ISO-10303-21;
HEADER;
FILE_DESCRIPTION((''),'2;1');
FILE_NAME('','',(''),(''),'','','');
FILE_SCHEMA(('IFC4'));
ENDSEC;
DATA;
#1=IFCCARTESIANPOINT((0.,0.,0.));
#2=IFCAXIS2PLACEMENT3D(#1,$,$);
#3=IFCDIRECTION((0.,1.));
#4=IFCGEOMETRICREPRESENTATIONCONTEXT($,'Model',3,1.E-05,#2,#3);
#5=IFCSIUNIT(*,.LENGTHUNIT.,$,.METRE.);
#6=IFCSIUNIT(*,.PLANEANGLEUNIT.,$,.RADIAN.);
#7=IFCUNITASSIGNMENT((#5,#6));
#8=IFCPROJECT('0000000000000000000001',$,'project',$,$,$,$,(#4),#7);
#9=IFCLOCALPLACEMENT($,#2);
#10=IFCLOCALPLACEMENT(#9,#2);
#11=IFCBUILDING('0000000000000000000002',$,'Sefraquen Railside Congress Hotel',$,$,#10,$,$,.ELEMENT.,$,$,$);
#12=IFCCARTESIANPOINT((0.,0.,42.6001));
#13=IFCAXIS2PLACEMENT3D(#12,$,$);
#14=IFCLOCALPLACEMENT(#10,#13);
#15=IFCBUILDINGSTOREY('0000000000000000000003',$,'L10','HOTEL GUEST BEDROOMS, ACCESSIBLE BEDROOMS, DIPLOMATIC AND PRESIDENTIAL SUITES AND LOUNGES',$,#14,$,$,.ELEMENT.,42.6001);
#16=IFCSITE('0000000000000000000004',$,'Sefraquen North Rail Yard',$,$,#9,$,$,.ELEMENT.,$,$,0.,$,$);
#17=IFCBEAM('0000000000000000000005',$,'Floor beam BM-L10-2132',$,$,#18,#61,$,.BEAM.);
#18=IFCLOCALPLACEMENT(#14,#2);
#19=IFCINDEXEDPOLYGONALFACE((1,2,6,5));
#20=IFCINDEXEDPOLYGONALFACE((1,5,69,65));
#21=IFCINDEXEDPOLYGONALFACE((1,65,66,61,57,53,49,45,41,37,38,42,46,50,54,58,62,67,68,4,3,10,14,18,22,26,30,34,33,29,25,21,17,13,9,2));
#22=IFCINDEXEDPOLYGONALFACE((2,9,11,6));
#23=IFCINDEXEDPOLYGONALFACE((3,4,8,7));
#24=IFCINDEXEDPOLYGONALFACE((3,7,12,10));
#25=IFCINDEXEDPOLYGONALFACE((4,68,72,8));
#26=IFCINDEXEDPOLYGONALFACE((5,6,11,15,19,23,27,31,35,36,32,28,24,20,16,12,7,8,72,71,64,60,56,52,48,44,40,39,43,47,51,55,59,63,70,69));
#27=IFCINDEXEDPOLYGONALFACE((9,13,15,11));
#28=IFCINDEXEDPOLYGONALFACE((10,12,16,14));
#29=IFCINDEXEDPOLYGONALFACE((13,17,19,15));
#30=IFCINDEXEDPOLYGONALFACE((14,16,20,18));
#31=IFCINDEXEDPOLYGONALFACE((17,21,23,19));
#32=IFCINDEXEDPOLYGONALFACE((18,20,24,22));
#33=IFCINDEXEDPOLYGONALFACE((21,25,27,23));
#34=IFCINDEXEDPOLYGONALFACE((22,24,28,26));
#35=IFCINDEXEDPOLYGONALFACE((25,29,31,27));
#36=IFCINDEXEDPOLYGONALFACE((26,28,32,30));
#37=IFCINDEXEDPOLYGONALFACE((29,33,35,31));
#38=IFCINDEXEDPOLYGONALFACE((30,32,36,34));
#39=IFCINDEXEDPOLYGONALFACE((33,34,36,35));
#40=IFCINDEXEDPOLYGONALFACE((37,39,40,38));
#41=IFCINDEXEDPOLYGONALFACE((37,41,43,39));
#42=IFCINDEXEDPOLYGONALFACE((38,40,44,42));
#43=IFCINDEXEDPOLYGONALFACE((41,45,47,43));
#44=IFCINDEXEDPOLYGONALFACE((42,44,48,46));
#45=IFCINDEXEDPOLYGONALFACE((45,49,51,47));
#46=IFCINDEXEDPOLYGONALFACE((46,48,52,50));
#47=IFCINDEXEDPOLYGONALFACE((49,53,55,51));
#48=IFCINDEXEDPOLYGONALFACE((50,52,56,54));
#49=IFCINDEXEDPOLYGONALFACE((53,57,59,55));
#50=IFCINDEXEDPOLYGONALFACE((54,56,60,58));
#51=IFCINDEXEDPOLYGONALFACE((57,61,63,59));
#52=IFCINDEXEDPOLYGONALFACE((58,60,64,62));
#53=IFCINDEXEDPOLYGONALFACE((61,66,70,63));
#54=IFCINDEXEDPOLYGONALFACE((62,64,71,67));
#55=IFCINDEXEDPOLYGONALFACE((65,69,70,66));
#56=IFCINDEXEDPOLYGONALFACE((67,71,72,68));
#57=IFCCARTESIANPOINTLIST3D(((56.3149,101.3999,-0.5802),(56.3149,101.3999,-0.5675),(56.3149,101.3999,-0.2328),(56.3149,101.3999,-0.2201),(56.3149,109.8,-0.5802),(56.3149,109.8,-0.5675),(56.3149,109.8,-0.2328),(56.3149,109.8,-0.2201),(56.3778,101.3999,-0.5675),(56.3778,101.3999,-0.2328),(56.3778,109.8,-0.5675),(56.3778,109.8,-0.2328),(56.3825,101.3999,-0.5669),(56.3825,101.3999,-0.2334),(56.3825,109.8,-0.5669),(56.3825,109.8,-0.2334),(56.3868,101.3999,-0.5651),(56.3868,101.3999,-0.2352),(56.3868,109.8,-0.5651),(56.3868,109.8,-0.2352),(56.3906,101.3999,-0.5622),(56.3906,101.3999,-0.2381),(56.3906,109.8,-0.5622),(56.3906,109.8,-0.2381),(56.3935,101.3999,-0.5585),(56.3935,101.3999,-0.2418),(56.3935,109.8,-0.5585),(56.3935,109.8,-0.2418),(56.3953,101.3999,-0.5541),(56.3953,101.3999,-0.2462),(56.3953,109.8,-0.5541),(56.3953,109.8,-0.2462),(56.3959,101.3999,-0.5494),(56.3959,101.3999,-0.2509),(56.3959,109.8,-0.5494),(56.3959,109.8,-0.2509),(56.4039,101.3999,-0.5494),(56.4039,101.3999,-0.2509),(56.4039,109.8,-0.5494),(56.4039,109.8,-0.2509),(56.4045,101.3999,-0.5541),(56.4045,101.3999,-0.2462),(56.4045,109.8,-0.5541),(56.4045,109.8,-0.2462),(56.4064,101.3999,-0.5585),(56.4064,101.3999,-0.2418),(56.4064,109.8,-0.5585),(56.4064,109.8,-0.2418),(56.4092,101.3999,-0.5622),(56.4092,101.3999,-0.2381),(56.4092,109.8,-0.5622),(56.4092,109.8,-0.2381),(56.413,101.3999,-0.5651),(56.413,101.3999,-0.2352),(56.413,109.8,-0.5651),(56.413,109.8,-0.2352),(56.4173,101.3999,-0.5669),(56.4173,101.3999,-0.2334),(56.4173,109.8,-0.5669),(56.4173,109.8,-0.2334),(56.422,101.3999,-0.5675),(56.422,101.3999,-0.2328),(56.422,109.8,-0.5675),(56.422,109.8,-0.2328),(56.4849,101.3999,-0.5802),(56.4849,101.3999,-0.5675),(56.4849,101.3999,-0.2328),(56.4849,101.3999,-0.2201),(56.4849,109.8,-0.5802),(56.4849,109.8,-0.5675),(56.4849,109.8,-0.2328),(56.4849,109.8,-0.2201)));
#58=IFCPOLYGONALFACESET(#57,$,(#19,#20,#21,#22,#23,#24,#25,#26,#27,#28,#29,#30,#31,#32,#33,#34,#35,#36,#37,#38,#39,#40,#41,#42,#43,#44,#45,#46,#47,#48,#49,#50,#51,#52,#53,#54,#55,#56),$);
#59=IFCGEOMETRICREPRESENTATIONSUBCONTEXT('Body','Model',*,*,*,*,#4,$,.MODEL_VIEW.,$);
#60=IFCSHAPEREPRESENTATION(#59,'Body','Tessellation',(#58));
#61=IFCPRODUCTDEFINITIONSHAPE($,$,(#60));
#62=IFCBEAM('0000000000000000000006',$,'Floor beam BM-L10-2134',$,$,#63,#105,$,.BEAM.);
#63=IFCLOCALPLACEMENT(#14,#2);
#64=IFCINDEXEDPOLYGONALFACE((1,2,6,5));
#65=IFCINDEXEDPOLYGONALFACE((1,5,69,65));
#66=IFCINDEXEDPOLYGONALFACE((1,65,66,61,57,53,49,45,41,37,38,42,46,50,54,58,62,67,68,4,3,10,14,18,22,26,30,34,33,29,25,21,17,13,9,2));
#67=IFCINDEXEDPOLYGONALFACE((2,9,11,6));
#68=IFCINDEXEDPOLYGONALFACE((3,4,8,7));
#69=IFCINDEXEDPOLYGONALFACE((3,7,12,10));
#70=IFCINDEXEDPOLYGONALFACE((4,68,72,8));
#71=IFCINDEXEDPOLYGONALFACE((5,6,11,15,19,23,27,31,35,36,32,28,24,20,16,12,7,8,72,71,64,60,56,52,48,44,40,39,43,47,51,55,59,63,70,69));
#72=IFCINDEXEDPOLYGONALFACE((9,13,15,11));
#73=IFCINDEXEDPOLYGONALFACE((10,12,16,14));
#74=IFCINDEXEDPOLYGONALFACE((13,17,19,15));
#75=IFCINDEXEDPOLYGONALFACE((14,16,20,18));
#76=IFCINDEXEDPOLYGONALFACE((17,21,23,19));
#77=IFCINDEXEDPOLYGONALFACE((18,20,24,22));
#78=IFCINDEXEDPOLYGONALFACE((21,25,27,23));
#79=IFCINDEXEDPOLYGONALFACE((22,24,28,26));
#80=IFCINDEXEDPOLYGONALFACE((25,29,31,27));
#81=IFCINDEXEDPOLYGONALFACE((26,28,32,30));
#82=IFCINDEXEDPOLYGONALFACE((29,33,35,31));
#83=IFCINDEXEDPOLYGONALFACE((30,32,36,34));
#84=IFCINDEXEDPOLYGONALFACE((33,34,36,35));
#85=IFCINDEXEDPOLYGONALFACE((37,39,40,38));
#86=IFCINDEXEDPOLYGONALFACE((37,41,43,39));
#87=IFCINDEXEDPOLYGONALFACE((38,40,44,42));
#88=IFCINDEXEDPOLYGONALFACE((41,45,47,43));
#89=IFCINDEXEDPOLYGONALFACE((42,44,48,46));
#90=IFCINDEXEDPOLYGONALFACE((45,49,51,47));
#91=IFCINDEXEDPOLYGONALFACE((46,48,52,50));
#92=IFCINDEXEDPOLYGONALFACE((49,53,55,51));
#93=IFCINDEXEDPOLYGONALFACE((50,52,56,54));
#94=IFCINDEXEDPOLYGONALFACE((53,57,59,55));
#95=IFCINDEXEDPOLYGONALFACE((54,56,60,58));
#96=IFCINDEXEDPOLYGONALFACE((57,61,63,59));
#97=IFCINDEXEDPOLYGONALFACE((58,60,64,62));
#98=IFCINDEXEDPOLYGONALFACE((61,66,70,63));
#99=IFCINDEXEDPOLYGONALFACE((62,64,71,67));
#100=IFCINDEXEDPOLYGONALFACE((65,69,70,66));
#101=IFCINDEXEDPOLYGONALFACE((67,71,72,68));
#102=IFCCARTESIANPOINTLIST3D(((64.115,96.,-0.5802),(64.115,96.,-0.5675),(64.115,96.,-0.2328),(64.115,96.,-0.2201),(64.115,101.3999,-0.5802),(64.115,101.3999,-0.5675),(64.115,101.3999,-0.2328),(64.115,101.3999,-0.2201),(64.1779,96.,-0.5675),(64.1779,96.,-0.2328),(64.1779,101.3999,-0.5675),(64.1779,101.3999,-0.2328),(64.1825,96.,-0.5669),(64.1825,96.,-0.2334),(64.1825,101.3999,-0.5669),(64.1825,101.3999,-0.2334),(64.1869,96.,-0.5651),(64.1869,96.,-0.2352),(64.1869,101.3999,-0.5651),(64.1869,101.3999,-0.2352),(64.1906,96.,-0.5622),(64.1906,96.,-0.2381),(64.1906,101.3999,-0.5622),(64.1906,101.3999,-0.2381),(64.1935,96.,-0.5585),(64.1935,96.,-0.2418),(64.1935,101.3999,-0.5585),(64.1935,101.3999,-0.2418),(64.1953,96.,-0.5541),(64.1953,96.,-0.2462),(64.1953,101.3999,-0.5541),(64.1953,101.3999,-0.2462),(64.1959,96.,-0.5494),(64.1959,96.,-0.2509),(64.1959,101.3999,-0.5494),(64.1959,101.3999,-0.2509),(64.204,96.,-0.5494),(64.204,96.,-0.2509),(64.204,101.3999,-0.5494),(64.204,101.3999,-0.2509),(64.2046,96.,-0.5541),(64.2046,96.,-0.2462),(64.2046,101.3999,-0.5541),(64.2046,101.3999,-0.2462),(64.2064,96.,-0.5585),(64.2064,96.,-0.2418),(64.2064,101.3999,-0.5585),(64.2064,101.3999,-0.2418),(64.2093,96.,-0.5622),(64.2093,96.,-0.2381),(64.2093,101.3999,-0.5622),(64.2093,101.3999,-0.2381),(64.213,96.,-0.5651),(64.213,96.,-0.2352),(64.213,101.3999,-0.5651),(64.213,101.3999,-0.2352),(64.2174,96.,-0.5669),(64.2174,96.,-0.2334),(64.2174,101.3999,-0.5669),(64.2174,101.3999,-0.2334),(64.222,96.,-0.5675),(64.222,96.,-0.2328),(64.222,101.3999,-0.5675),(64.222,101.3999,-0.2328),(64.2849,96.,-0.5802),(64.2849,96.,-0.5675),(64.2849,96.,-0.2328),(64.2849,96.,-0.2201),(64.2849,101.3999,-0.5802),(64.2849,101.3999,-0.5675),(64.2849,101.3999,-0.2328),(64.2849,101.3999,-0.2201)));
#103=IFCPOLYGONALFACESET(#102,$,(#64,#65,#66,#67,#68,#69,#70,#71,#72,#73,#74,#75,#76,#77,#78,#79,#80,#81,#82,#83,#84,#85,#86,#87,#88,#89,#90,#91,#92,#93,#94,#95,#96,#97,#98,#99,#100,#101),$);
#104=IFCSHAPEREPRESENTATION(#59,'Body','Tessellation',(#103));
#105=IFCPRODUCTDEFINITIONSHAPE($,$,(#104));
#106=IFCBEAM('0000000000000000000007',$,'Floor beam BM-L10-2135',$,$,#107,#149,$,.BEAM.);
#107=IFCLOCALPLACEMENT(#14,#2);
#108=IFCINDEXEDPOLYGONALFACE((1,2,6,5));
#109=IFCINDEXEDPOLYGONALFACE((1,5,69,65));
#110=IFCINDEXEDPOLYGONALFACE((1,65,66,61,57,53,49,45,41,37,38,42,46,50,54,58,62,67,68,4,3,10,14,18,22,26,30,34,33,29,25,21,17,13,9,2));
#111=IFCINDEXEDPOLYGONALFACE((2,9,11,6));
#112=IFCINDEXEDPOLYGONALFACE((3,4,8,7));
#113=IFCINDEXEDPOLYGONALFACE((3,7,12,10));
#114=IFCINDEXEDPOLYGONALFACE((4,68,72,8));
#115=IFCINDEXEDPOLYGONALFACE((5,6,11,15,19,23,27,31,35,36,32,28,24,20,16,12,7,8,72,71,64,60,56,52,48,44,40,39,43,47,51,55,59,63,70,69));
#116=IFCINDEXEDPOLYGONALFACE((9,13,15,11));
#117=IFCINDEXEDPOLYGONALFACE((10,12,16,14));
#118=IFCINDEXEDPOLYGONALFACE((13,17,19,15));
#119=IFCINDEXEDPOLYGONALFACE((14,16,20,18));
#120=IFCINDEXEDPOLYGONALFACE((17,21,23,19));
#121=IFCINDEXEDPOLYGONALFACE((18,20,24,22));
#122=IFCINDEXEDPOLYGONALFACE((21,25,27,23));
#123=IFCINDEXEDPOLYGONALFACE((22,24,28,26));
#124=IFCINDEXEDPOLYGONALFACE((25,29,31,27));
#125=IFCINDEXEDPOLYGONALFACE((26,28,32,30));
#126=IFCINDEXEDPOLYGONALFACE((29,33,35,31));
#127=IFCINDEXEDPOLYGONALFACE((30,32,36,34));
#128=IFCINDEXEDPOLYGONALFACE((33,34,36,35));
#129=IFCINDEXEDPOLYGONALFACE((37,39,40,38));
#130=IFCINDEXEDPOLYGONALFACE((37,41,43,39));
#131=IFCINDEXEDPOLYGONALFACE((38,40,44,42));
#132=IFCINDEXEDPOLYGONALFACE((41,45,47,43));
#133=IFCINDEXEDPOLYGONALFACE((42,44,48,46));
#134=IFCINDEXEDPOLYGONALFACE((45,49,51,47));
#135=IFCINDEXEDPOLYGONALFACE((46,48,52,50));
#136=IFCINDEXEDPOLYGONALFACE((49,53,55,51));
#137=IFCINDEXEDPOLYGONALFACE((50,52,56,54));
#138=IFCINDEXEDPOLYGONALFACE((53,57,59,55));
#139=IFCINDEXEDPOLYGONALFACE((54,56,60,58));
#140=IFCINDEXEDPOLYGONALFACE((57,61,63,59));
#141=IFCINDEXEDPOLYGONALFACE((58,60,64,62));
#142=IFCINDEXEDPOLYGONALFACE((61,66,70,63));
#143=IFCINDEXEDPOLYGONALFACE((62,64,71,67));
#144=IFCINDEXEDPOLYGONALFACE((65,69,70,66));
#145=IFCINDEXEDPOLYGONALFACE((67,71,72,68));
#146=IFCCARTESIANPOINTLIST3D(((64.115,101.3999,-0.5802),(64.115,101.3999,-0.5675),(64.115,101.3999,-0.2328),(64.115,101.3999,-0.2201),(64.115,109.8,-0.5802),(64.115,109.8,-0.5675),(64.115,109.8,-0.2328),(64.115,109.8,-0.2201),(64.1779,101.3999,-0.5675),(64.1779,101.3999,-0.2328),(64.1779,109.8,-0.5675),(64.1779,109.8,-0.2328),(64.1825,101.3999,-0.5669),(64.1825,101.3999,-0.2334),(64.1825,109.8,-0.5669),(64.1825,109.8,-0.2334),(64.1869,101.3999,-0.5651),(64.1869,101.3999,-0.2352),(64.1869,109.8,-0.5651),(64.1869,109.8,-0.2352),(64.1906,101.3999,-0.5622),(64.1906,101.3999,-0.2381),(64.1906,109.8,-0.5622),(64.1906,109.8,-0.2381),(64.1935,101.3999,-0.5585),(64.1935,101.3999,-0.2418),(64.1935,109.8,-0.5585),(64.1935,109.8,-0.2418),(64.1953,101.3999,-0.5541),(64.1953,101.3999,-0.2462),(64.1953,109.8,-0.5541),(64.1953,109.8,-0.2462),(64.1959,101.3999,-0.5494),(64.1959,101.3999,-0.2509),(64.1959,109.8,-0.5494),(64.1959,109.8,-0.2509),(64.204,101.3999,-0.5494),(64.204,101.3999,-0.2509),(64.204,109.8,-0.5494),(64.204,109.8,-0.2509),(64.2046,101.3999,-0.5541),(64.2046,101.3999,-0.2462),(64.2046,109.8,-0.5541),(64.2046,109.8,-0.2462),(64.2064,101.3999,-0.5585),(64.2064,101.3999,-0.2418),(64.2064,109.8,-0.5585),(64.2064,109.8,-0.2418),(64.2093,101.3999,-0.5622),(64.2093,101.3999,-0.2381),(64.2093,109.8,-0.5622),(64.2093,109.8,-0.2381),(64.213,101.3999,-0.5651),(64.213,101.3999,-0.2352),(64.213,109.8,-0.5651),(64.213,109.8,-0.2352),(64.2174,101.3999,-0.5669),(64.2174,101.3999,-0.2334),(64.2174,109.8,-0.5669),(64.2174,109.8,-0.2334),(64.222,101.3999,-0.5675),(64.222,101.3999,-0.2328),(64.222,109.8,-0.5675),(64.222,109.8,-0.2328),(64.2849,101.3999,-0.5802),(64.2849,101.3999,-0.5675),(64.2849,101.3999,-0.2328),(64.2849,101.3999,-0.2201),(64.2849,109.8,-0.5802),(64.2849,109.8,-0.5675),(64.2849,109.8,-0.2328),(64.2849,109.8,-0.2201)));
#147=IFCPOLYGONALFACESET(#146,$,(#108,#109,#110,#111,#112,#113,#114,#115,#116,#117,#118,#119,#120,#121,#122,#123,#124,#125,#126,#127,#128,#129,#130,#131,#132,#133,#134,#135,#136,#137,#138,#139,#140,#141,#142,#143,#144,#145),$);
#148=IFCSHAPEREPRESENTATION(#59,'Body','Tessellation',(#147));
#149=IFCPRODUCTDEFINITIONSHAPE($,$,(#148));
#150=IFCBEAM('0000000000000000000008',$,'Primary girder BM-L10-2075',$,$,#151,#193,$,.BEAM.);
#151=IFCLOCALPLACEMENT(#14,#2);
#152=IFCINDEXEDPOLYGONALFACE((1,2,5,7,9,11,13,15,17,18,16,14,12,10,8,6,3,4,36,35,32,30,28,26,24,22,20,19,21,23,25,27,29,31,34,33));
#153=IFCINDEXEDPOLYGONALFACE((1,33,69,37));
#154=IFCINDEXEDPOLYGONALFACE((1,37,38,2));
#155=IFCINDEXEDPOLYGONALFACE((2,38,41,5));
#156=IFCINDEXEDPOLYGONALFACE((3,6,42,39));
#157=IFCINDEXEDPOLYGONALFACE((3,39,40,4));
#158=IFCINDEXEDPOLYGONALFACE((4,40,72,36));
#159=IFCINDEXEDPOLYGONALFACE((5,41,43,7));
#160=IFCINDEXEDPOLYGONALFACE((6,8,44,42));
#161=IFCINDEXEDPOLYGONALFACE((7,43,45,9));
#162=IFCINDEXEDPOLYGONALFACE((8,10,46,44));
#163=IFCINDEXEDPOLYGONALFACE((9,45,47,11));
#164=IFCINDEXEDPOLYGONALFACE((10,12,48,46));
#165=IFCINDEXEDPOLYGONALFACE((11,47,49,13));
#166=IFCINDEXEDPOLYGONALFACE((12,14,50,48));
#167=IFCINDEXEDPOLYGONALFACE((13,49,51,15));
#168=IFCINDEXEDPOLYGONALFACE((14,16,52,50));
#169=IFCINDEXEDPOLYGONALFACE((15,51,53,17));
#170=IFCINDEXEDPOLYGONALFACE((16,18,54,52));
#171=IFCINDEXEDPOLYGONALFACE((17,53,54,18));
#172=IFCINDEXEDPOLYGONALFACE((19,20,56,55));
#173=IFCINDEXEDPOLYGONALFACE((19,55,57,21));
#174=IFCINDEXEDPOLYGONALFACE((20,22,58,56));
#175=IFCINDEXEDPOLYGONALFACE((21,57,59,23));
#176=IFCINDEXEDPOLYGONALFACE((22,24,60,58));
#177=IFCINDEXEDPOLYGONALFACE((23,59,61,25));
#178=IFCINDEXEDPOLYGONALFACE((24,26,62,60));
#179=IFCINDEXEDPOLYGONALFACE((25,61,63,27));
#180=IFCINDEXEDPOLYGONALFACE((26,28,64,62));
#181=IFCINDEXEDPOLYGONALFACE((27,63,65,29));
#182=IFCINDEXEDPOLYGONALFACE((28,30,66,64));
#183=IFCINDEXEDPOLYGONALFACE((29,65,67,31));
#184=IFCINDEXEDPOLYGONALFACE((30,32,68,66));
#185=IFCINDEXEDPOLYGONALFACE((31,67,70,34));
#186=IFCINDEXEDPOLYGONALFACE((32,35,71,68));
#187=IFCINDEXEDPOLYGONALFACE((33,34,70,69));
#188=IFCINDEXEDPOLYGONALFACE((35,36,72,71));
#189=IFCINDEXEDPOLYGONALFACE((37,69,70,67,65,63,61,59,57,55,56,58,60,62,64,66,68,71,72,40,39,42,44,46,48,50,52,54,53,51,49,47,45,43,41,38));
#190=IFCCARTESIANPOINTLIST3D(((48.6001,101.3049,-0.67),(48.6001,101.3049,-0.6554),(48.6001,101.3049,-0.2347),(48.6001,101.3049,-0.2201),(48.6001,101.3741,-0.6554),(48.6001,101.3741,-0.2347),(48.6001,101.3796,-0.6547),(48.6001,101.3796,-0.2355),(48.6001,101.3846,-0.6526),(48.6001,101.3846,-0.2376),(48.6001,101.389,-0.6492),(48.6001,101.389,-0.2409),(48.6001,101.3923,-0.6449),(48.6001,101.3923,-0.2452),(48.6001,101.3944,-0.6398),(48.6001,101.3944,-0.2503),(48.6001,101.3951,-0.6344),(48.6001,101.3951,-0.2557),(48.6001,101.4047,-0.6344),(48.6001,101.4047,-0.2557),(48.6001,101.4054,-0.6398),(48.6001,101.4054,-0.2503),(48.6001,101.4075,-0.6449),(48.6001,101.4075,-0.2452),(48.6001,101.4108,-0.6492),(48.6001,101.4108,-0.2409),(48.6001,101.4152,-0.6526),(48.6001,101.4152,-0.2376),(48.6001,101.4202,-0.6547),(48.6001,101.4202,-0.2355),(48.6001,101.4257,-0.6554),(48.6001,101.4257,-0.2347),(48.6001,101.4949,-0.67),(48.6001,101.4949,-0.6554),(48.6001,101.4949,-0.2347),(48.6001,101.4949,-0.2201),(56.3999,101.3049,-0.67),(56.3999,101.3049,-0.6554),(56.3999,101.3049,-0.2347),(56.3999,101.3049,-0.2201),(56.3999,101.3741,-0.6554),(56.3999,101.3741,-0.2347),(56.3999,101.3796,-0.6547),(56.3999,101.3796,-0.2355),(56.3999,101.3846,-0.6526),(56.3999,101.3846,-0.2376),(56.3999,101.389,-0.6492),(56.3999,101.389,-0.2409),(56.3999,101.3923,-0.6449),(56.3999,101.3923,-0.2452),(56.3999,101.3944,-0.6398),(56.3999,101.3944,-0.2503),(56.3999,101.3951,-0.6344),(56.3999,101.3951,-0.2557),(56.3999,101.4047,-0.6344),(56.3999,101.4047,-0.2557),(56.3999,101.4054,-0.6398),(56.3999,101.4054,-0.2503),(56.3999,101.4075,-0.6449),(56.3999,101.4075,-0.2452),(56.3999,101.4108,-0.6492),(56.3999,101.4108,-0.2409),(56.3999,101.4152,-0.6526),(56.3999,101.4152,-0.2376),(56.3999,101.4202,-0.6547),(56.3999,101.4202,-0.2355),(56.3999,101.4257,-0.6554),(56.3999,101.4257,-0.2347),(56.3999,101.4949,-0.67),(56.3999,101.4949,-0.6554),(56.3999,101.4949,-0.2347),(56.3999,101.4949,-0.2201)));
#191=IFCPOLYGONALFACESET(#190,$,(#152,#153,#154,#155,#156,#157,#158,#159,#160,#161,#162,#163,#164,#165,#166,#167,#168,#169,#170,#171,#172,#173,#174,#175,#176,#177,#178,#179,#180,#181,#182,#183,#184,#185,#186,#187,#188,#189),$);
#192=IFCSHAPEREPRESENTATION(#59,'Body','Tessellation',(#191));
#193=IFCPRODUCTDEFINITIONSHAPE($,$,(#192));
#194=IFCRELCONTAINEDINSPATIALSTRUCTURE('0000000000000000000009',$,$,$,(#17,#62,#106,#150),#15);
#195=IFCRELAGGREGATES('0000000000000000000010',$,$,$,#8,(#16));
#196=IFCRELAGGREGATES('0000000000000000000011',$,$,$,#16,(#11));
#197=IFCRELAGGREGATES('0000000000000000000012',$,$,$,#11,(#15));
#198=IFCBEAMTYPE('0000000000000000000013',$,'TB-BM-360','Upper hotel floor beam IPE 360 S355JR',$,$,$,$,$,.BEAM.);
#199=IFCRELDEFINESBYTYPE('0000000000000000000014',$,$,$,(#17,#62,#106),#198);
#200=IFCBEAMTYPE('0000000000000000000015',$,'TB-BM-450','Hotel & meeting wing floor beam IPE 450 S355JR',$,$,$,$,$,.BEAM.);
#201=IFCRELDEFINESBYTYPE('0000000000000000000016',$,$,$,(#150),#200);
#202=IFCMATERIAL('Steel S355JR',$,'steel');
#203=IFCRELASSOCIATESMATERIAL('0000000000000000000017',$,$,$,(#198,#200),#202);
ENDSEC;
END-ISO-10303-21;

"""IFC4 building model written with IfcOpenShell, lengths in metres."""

from ifc_helpers import new_model, si_unit, direction, frame, origin, origin_2d, place, context, subcontext, project, spatial, i_section, extrude, material, material_profile, profile_set, type_object, element, save


model = new_model("IFC4")

# Units and contexts
model_context = context("Model", 3, precision=1e-05, world=origin(), true_north=direction((0.0, 1.0)))
body_context = subcontext(model_context, "Body", "Model", "MODEL_VIEW")
ifc_project = project(units=[si_unit("LENGTHUNIT", "METRE"), si_unit("PLANEANGLEUNIT", "RADIAN")], contexts=[model_context])

# Site, building, storey
site_placement = place(None, origin())
site = spatial("IfcSite", under=ifc_project, at=site_placement, Name="Sefraquen North Rail Yard", CompositionType="ELEMENT", RefElevation=0.0)
building_placement = place(site_placement, origin())
building = spatial("IfcBuilding", under=site, at=building_placement, Name="Sefraquen Railside Congress Hotel", CompositionType="ELEMENT")
storey_placement = place(building_placement, frame((0.0, 0.0, 42.6001)))
storey = spatial("IfcBuildingStorey", under=building, at=storey_placement, Name="L10", Description="HOTEL GUEST BEDROOMS, ACCESSIBLE BEDROOMS, DIPLOMATIC AND PRESIDENTIAL SUITES AND LOUNGES", CompositionType="ELEMENT", Elevation=42.6001)

# Shared definitions
ifc_material_1 = material(Name="Steel S355JR", Category="steel")

# Beams
ifc_material_profile_1 = material_profile(ifc_material_1, i_section(OverallWidth=0.1699, OverallDepth=0.3601, WebThickness=0.0081, FlangeThickness=0.0127, FilletRadius=0.0181, at=origin_2d()), Name="IPE 360")
ifc_profile_set_1 = profile_set([ifc_material_profile_1], Name="Steel S355JR")
beam_type_1 = type_object("IfcBeamType", Name="TB-BM-360", Description="Upper hotel floor beam IPE 360 S355JR", PredefinedType="BEAM", material=ifc_profile_set_1)
for number, where, z_axis, x_axis, name in (
    (1, (56.3999, 101.3999, -0.4001), (0.0, 1.0, 0.0), (-1.0, 0.0, 0.0), "Floor beam BM-L10-2132"),
):
    element("IfcBeam", number, at=place(storey_placement, frame(where, z_axis=z_axis, x_axis=x_axis)), inside=storey, type_object=beam_type_1, Name=name, PredefinedType="BEAM", context=body_context, shape_type="SweptSolid", body=[
        extrude(i_section(OverallWidth=0.1699, OverallDepth=0.3601, WebThickness=0.0081, FlangeThickness=0.0127, FilletRadius=0.0181, at=origin_2d()), origin(), (0.0, 0.0, 1.0), 8.4001),
    ])
beam_1_placement = place(storey_placement, frame((64.2, 96.0, -0.4001), z_axis=(0.0, 1.0, 0.0), x_axis=(-1.0, 0.0, 0.0)))
element("IfcBeam", 2, at=beam_1_placement, inside=storey, type_object=beam_type_1, Name="Floor beam BM-L10-2134", PredefinedType="BEAM", context=body_context, shape_type="SweptSolid", body=[
    extrude(i_section(OverallWidth=0.1699, OverallDepth=0.3601, WebThickness=0.0081, FlangeThickness=0.0127, FilletRadius=0.0181, at=origin_2d()), origin(), (0.0, 0.0, 1.0), 5.3999),
])
beam_2_placement = place(storey_placement, frame((64.2, 101.3999, -0.4001), z_axis=(0.0, 1.0, 0.0), x_axis=(-1.0, 0.0, 0.0)))
element("IfcBeam", 3, at=beam_2_placement, inside=storey, type_object=beam_type_1, Name="Floor beam BM-L10-2135", PredefinedType="BEAM", context=body_context, shape_type="SweptSolid", body=[
    extrude(i_section(OverallWidth=0.1699, OverallDepth=0.3601, WebThickness=0.0081, FlangeThickness=0.0127, FilletRadius=0.0181, at=origin_2d()), origin(), (0.0, 0.0, 1.0), 8.4001),
])
ifc_material_profile_2 = material_profile(ifc_material_1, i_section(OverallWidth=0.1899, OverallDepth=0.45, WebThickness=0.0095, FlangeThickness=0.0146, FilletRadius=0.021, at=origin_2d()), Name="IPE 450")
ifc_profile_set_2 = profile_set([ifc_material_profile_2], Name="Steel S355JR")
beam_type_2 = type_object("IfcBeamType", Name="TB-BM-450", Description="Hotel & meeting wing floor beam IPE 450 S355JR", PredefinedType="BEAM", material=ifc_profile_set_2)
beam_3_placement = place(storey_placement, frame((48.6001, 101.3999, -0.4451), z_axis=(1.0, 0.0, 0.0), x_axis=(0.0, 1.0, 0.0)))
element("IfcBeam", 4, at=beam_3_placement, inside=storey, type_object=beam_type_2, Name="Primary girder BM-L10-2075", PredefinedType="BEAM", context=body_context, shape_type="SweptSolid", body=[
    extrude(i_section(OverallWidth=0.1899, OverallDepth=0.45, WebThickness=0.0095, FlangeThickness=0.0146, FilletRadius=0.021, at=origin_2d()), origin(), (0.0, 0.0, 1.0), 7.7998),
])

save(model, "model.ifc")
